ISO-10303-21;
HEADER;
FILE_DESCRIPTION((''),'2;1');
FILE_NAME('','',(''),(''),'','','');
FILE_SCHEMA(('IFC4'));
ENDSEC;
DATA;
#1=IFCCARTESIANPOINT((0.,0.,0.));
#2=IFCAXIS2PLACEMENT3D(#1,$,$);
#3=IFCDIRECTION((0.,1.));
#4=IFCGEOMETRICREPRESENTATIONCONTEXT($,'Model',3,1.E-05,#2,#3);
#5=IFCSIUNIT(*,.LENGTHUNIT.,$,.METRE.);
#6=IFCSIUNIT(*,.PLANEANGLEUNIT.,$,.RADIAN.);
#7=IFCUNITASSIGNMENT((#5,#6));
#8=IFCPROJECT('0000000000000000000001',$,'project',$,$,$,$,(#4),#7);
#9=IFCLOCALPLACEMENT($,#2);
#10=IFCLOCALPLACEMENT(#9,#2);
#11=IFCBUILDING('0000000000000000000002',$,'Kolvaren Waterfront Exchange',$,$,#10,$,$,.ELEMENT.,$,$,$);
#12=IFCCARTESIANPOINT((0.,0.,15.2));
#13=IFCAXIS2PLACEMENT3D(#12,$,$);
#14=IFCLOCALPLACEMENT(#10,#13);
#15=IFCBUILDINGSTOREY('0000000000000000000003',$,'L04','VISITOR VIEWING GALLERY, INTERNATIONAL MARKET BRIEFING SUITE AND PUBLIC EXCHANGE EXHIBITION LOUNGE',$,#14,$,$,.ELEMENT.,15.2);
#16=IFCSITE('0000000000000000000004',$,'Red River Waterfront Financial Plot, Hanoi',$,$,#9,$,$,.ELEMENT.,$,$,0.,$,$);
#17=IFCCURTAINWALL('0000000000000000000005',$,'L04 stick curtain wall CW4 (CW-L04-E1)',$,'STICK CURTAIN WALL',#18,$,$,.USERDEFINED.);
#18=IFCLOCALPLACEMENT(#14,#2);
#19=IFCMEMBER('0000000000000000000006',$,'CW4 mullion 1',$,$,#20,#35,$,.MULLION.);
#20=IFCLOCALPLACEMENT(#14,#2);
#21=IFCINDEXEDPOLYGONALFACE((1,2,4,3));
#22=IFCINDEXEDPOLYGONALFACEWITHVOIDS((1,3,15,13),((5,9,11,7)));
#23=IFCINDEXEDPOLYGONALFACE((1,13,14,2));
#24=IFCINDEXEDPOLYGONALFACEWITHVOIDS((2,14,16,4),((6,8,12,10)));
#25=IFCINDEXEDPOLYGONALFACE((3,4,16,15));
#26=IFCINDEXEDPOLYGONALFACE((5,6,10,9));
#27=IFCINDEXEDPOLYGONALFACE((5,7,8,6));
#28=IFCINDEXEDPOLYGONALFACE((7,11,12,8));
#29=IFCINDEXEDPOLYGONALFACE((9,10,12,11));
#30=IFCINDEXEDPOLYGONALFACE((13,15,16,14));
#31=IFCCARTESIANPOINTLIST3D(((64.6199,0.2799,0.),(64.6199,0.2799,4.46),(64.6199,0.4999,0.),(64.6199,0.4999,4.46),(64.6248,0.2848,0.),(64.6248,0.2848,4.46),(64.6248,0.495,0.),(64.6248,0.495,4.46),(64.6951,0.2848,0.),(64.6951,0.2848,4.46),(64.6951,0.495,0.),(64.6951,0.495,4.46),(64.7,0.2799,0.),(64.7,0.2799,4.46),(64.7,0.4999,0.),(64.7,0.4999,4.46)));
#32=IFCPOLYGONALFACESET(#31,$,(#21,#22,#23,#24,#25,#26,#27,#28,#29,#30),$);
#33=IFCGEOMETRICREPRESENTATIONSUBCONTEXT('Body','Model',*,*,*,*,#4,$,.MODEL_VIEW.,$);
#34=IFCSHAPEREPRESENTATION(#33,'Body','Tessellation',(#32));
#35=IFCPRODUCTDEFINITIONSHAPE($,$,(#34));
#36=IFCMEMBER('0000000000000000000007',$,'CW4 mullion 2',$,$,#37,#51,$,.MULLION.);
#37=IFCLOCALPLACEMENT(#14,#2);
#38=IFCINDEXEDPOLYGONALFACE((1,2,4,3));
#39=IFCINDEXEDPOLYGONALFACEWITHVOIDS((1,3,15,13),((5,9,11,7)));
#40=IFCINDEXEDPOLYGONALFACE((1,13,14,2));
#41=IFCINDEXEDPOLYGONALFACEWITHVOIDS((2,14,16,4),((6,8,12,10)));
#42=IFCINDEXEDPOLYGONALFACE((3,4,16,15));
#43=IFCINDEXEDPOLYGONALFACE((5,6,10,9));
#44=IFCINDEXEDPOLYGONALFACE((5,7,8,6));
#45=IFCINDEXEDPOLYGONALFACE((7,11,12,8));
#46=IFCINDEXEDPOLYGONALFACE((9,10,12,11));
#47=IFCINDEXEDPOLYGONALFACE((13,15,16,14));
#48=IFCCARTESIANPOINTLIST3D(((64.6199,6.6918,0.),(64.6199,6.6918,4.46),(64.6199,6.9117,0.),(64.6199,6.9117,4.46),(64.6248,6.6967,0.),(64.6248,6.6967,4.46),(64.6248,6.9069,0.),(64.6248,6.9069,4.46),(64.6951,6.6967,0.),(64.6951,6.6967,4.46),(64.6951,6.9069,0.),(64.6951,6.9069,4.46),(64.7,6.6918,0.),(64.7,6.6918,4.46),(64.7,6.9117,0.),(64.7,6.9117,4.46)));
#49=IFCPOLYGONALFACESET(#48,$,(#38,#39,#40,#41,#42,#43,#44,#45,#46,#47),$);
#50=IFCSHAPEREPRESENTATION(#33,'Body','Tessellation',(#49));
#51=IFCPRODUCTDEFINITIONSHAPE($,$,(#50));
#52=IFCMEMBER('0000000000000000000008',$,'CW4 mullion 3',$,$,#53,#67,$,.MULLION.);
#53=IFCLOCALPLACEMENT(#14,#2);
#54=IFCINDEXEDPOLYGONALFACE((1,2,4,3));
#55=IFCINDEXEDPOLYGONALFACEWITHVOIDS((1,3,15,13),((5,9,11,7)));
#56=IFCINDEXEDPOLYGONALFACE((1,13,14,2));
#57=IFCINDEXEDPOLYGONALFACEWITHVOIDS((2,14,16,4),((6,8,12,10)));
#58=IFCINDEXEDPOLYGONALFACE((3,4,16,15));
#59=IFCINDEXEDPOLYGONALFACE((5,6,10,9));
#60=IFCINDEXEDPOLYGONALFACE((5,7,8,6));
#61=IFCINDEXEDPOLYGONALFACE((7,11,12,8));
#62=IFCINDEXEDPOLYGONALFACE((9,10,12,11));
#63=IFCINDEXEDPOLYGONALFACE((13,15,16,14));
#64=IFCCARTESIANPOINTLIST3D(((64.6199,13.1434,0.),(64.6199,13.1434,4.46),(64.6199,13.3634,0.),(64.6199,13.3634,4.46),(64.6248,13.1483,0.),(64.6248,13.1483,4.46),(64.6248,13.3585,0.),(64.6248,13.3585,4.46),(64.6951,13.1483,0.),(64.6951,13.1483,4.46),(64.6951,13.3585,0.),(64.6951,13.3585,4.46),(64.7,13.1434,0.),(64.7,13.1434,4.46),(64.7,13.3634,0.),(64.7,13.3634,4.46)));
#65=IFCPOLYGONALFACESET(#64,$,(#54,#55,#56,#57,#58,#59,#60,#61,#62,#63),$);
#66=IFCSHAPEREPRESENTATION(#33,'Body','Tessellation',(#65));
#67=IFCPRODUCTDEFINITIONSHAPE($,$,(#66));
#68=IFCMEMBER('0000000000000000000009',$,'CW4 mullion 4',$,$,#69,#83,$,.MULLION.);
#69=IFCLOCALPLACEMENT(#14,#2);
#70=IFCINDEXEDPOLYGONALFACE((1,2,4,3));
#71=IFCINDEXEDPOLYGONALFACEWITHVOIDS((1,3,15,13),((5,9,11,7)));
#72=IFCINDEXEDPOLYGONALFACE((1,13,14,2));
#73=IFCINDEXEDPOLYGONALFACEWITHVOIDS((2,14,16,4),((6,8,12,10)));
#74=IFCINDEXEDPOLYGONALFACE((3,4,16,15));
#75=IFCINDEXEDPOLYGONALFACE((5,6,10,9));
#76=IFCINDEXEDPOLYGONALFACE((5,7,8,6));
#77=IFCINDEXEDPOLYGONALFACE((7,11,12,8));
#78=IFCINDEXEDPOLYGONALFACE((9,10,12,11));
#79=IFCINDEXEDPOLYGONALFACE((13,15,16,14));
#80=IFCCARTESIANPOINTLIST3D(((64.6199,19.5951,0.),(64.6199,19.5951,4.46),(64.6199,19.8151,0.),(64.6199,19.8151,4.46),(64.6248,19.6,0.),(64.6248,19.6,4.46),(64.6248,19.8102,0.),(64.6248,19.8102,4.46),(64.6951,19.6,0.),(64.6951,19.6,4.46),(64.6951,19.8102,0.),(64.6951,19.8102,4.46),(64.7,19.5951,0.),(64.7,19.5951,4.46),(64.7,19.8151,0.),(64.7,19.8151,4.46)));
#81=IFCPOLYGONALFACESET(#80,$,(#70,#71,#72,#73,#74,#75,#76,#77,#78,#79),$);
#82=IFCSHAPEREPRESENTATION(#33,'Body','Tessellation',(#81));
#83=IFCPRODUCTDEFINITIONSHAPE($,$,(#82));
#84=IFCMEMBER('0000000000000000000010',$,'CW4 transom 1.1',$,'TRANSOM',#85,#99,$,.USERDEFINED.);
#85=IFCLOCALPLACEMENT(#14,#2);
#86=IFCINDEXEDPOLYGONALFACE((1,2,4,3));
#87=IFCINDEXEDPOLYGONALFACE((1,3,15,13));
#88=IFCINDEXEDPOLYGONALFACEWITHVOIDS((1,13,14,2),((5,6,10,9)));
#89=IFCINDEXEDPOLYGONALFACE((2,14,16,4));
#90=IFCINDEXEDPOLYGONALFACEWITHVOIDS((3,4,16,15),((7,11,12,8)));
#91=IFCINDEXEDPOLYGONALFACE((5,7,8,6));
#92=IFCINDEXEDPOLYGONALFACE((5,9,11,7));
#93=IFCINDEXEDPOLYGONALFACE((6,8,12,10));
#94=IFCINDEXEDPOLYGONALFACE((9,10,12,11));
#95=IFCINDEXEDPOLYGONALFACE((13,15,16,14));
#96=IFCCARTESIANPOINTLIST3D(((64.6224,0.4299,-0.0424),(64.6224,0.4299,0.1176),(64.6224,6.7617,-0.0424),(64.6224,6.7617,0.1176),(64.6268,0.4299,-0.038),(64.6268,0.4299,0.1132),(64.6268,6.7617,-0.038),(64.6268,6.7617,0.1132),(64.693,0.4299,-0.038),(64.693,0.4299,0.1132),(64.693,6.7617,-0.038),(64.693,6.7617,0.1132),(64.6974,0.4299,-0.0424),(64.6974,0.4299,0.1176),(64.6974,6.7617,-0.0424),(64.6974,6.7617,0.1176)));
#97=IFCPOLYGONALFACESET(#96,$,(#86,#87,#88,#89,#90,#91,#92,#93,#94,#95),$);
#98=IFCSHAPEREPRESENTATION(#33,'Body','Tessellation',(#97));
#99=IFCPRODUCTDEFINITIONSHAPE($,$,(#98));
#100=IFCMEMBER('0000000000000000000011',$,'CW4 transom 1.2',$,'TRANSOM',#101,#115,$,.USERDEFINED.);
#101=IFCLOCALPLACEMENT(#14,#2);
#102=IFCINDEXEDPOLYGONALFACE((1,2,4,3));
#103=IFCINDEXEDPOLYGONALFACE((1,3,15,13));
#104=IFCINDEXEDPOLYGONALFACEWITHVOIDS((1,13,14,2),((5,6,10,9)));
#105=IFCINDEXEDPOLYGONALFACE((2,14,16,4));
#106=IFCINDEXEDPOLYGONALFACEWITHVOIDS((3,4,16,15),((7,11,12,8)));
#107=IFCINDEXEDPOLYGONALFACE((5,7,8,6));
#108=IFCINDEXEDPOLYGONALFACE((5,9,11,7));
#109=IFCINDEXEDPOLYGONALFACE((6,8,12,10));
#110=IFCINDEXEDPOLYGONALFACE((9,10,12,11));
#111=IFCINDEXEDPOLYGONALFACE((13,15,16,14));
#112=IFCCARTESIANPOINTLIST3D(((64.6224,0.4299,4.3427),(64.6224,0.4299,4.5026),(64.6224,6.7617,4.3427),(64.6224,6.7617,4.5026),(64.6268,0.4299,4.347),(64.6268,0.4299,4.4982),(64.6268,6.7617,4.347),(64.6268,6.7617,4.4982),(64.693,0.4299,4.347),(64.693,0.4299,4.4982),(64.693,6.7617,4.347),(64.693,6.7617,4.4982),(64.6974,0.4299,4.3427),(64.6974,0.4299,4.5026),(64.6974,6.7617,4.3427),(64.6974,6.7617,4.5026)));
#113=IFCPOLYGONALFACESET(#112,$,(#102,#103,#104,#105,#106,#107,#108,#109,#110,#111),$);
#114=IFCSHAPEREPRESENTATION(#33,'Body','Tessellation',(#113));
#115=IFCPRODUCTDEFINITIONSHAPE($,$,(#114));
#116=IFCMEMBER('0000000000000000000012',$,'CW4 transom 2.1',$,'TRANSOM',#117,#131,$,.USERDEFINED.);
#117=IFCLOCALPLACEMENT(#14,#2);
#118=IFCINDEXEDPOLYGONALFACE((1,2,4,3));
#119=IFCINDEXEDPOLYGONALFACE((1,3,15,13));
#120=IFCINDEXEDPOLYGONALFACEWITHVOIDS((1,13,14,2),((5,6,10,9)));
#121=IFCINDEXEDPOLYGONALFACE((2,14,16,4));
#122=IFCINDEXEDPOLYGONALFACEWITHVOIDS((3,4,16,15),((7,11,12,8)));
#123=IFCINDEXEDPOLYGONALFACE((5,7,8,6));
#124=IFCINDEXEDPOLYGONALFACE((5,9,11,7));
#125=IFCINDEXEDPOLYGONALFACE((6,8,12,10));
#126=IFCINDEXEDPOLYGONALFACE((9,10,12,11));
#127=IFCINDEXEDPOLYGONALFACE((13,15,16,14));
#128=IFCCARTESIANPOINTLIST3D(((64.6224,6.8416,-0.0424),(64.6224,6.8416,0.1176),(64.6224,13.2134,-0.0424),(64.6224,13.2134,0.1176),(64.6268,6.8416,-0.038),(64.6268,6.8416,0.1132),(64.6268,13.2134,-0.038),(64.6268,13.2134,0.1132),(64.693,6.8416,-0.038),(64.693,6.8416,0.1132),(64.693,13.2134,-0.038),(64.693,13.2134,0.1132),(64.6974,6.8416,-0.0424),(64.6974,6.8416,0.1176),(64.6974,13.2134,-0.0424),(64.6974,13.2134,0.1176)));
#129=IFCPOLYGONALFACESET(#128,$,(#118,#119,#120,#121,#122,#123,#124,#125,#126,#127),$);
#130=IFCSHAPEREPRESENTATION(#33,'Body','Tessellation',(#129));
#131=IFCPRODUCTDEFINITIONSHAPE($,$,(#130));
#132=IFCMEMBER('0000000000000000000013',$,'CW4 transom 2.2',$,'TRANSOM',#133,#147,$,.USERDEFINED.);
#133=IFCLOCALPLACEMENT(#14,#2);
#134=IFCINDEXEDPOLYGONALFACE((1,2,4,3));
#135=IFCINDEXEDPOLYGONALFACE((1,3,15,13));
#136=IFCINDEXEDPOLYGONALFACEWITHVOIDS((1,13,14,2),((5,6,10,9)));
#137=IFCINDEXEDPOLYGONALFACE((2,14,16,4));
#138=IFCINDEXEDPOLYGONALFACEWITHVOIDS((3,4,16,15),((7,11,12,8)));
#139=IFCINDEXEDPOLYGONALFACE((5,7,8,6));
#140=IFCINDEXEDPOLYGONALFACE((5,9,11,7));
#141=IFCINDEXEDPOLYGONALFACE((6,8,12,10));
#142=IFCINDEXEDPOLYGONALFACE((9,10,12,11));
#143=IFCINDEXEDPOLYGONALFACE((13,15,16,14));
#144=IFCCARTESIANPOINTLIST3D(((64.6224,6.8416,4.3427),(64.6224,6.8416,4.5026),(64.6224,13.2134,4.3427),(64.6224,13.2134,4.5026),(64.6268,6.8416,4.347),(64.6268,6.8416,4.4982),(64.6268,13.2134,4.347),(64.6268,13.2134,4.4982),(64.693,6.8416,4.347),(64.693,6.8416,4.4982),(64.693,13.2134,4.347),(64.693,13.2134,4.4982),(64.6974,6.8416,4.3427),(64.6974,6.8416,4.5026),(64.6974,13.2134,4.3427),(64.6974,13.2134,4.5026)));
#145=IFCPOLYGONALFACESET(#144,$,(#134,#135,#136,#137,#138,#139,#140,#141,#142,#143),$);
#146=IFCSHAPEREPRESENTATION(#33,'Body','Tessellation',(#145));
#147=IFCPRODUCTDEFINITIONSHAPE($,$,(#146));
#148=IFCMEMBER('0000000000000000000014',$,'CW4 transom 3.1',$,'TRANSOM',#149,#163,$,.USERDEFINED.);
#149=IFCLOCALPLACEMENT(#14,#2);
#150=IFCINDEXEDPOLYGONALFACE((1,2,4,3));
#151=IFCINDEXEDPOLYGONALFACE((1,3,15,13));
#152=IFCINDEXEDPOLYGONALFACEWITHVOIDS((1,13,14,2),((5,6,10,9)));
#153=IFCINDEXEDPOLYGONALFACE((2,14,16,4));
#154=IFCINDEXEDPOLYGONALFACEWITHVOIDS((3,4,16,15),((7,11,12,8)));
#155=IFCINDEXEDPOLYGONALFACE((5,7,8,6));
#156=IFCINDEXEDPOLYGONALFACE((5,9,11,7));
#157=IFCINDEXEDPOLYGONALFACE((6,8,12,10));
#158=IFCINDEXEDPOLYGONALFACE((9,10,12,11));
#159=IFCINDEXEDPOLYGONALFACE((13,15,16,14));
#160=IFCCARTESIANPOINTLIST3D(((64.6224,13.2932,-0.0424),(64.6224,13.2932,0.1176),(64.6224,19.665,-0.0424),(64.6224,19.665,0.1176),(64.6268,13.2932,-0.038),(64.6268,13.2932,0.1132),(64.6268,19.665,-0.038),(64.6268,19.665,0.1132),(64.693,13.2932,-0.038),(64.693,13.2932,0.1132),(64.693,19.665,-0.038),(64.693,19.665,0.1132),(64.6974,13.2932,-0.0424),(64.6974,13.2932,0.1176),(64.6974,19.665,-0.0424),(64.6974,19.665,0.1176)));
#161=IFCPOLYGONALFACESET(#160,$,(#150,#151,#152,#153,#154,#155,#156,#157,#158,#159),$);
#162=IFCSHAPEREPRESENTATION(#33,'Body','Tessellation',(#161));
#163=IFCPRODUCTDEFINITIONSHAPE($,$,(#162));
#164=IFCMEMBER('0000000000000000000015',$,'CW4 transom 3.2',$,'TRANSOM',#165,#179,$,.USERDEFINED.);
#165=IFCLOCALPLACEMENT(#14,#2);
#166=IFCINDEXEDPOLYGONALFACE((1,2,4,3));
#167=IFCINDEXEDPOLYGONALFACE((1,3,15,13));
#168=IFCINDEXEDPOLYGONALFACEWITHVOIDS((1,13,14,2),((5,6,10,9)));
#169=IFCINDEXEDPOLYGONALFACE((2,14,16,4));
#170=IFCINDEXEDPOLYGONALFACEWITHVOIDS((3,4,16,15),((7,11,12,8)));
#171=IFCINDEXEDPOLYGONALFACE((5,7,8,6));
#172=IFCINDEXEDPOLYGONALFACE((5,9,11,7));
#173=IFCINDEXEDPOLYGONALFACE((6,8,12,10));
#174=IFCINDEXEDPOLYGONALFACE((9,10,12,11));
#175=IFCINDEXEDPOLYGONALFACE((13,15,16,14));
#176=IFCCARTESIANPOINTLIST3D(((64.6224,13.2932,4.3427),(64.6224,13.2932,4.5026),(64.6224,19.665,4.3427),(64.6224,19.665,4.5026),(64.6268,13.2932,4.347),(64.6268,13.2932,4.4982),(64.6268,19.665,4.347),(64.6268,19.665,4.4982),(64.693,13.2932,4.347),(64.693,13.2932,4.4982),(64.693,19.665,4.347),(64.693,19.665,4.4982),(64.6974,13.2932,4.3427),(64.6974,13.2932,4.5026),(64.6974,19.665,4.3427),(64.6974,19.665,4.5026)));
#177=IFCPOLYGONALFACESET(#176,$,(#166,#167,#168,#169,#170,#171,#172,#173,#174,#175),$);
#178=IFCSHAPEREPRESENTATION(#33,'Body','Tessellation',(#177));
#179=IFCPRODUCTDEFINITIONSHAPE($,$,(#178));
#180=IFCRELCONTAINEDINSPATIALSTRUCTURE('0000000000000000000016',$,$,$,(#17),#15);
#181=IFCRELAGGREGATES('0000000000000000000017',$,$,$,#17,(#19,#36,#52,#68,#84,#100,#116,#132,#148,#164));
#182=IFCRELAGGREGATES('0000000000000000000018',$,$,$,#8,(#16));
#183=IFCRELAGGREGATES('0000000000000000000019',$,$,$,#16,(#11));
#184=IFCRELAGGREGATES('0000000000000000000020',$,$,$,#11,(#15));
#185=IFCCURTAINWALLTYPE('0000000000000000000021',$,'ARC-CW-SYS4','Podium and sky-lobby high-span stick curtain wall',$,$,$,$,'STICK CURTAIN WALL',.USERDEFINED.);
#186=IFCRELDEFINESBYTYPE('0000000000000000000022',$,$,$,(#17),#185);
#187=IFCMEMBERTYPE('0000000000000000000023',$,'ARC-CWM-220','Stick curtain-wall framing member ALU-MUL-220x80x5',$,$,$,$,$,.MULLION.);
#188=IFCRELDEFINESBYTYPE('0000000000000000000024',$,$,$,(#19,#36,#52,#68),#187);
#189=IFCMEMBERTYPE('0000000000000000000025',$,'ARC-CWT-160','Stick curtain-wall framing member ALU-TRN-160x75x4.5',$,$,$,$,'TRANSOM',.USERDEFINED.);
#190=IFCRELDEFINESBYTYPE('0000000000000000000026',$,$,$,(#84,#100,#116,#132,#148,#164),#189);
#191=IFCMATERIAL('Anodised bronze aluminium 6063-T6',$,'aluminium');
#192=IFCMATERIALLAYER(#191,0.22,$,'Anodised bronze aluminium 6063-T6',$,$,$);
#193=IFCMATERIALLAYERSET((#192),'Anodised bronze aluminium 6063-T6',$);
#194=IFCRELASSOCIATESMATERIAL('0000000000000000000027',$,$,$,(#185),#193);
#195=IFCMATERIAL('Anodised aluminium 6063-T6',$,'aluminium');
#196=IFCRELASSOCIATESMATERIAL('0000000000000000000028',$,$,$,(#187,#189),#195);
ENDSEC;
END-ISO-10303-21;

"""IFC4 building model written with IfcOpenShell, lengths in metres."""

from ifc_helpers import new_model, si_unit, direction, frame, origin, origin_with_axes, origin_2d, place, context, subcontext, project, spatial, hollow_rectangle, extrude, source, transform, mapped, material, layer, layer_set, material_profile, profile_set, type_object, element, aggregate, save


model = new_model("IFC4")

# Units and contexts
model_context = context("Model", 3, precision=1e-05, world=origin(), true_north=direction((0.0, 1.0)))
body_context = subcontext(model_context, "Body", "Model", "MODEL_VIEW")
ifc_project = project(units=[si_unit("LENGTHUNIT", "METRE"), si_unit("PLANEANGLEUNIT", "RADIAN")], contexts=[model_context])

# Site, building, storey
site_placement = place(None, origin())
site = spatial("IfcSite", under=ifc_project, at=site_placement, Name="Red River Waterfront Financial Plot, Hanoi", CompositionType="ELEMENT", RefElevation=0.0)
building_placement = place(site_placement, origin())
building = spatial("IfcBuilding", under=site, at=building_placement, Name="Kolvaren Waterfront Exchange", CompositionType="ELEMENT")
storey_placement = place(building_placement, frame((0.0, 0.0, 15.2)))
storey = spatial("IfcBuildingStorey", under=building, at=storey_placement, Name="L04", Description="VISITOR VIEWING GALLERY, INTERNATIONAL MARKET BRIEFING SUITE AND PUBLIC EXCHANGE EXHIBITION LOUNGE", CompositionType="ELEMENT", Elevation=15.2)

# Curtain wall, members
ifc_material_1 = material(Name="Anodised bronze aluminium 6063-T6", Category="aluminium")
ifc_layer_1 = layer(ifc_material_1, 0.22, Name="Anodised bronze aluminium 6063-T6")
ifc_layer_set_1 = layer_set([ifc_layer_1], Name="Anodised bronze aluminium 6063-T6")
curtain_wall_type = type_object("IfcCurtainWallType", Name="ARC-CW-SYS4", Description="Podium and sky-lobby high-span stick curtain wall", ElementType="STICK CURTAIN WALL", PredefinedType="USERDEFINED", material=ifc_layer_set_1)
curtain_wall_placement = place(storey_placement, origin())
curtain_wall = element("IfcCurtainWall", 1, at=curtain_wall_placement, inside=storey, type_object=curtain_wall_type, Name="L04 stick curtain wall CW4 (CW-L04-E1)", ObjectType="STICK CURTAIN WALL", PredefinedType="USERDEFINED")
ifc_material_2 = material(Name="Anodised aluminium 6063-T6", Category="aluminium")
ifc_material_profile_1 = material_profile(ifc_material_2, hollow_rectangle(XDim=0.0801, YDim=0.22, WallThickness=0.0049, at=origin_2d()), Name="ALU-MUL-220x80x5")
ifc_profile_set_1 = profile_set([ifc_material_profile_1], Name="Anodised aluminium 6063-T6")
member_type_1 = type_object("IfcMemberType", Name="ARC-CWM-220", Description="Stick curtain-wall framing member ALU-MUL-220x80x5", PredefinedType="MULLION", material=ifc_profile_set_1)
shared_shape_1 = source(origin_with_axes(), body_context, "Body", "SweptSolid", [
    extrude(hollow_rectangle(XDim=0.0801, YDim=0.22, WallThickness=0.0049, at=origin_2d()), origin(), (0.0, 0.0, 1.0), 4.46),
])
member_1_placement = place(storey_placement, frame((64.6599, 0.3899, 0.0), z_axis=(0.0, 0.0, 1.0), x_axis=(-1.0, 0.0, 0.0)))
member_1 = element("IfcMember", 2, at=member_1_placement, type_object=member_type_1, Name="CW4 mullion 1", PredefinedType="MULLION", context=body_context, shape_type="MappedRepresentation", body=[
    mapped(shared_shape_1, transform((0.0, 0.0, 0.0), x_axis=(1.0, 0.0, 0.0), y_axis=(0.0, 1.0, 0.0), z_axis=(0.0, 0.0, 1.0), scale=1.0)),
])
member_2_placement = place(storey_placement, frame((64.6599, 6.8018, 0.0), z_axis=(0.0, 0.0, 1.0), x_axis=(-1.0, 0.0, 0.0)))
member_2 = element("IfcMember", 3, at=member_2_placement, type_object=member_type_1, Name="CW4 mullion 2", PredefinedType="MULLION", context=body_context, shape_type="MappedRepresentation", body=[
    mapped(shared_shape_1, transform((0.0, 0.0, 0.0), x_axis=(1.0, 0.0, 0.0), y_axis=(0.0, 1.0, 0.0), z_axis=(0.0, 0.0, 1.0), scale=1.0)),
])
member_3_placement = place(storey_placement, frame((64.6599, 13.2534, 0.0), z_axis=(0.0, 0.0, 1.0), x_axis=(-1.0, 0.0, 0.0)))
member_3 = element("IfcMember", 4, at=member_3_placement, type_object=member_type_1, Name="CW4 mullion 3", PredefinedType="MULLION", context=body_context, shape_type="MappedRepresentation", body=[
    mapped(shared_shape_1, transform((0.0, 0.0, 0.0), x_axis=(1.0, 0.0, 0.0), y_axis=(0.0, 1.0, 0.0), z_axis=(0.0, 0.0, 1.0), scale=1.0)),
])
member_4_placement = place(storey_placement, frame((64.6599, 19.7051, 0.0), z_axis=(0.0, 0.0, 1.0), x_axis=(-1.0, 0.0, 0.0)))
member_4 = element("IfcMember", 5, at=member_4_placement, type_object=member_type_1, Name="CW4 mullion 4", PredefinedType="MULLION", context=body_context, shape_type="MappedRepresentation", body=[
    mapped(shared_shape_1, transform((0.0, 0.0, 0.0), x_axis=(1.0, 0.0, 0.0), y_axis=(0.0, 1.0, 0.0), z_axis=(0.0, 0.0, 1.0), scale=1.0)),
])
ifc_material_profile_2 = material_profile(ifc_material_2, hollow_rectangle(XDim=0.075, YDim=0.1599, WallThickness=0.0044, at=origin_2d()), Name="ALU-TRN-160x75x4.5")
ifc_profile_set_2 = profile_set([ifc_material_profile_2], Name="Anodised aluminium 6063-T6")
member_type_2 = type_object("IfcMemberType", Name="ARC-CWT-160", Description="Stick curtain-wall framing member ALU-TRN-160x75x4.5", ElementType="TRANSOM", PredefinedType="USERDEFINED", material=ifc_profile_set_2)
shared_shape_2 = source(origin_with_axes(), body_context, "Body", "SweptSolid", [
    extrude(hollow_rectangle(XDim=0.075, YDim=0.1599, WallThickness=0.0044, at=origin_2d()), origin(), (0.0, 0.0, 1.0), 6.3318),
])
member_5_placement = place(storey_placement, frame((64.6599, 0.4299, 0.0376), z_axis=(0.0, 1.0, 0.0), x_axis=(-1.0, 0.0, 0.0)))
member_5 = element("IfcMember", 6, at=member_5_placement, type_object=member_type_2, Name="CW4 transom 1.1", ObjectType="TRANSOM", PredefinedType="USERDEFINED", context=body_context, shape_type="MappedRepresentation", body=[
    mapped(shared_shape_2, transform((0.0, 0.0, 0.0), x_axis=(1.0, 0.0, 0.0), y_axis=(0.0, 1.0, 0.0), z_axis=(0.0, 0.0, 1.0), scale=1.0)),
])
member_6_placement = place(storey_placement, frame((64.6599, 0.4299, 4.4226), z_axis=(0.0, 1.0, 0.0), x_axis=(-1.0, 0.0, 0.0)))
member_6 = element("IfcMember", 7, at=member_6_placement, type_object=member_type_2, Name="CW4 transom 1.2", ObjectType="TRANSOM", PredefinedType="USERDEFINED", context=body_context, shape_type="MappedRepresentation", body=[
    mapped(shared_shape_2, transform((0.0, 0.0, 0.0), x_axis=(1.0, 0.0, 0.0), y_axis=(0.0, 1.0, 0.0), z_axis=(0.0, 0.0, 1.0), scale=1.0)),
])
shared_shape_3 = source(origin_with_axes(), body_context, "Body", "SweptSolid", [
    extrude(hollow_rectangle(XDim=0.075, YDim=0.1599, WallThickness=0.0044, at=origin_2d()), origin(), (0.0, 0.0, 1.0), 6.3718),
])
member_7_placement = place(storey_placement, frame((64.6599, 6.8416, 0.0376), z_axis=(0.0, 1.0, 0.0), x_axis=(-1.0, 0.0, 0.0)))
member_7 = element("IfcMember", 8, at=member_7_placement, type_object=member_type_2, Name="CW4 transom 2.1", ObjectType="TRANSOM", PredefinedType="USERDEFINED", context=body_context, shape_type="MappedRepresentation", body=[
    mapped(shared_shape_3, transform((0.0, 0.0, 0.0), x_axis=(1.0, 0.0, 0.0), y_axis=(0.0, 1.0, 0.0), z_axis=(0.0, 0.0, 1.0), scale=1.0)),
])
member_8_placement = place(storey_placement, frame((64.6599, 6.8416, 4.4226), z_axis=(0.0, 1.0, 0.0), x_axis=(-1.0, 0.0, 0.0)))
member_8 = element("IfcMember", 9, at=member_8_placement, type_object=member_type_2, Name="CW4 transom 2.2", ObjectType="TRANSOM", PredefinedType="USERDEFINED", context=body_context, shape_type="MappedRepresentation", body=[
    mapped(shared_shape_3, transform((0.0, 0.0, 0.0), x_axis=(1.0, 0.0, 0.0), y_axis=(0.0, 1.0, 0.0), z_axis=(0.0, 0.0, 1.0), scale=1.0)),
])
member_9_placement = place(storey_placement, frame((64.6599, 13.2932, 0.0376), z_axis=(0.0, 1.0, 0.0), x_axis=(-1.0, 0.0, 0.0)))
member_9 = element("IfcMember", 10, at=member_9_placement, type_object=member_type_2, Name="CW4 transom 3.1", ObjectType="TRANSOM", PredefinedType="USERDEFINED", context=body_context, shape_type="MappedRepresentation", body=[
    mapped(shared_shape_3, transform((0.0, 0.0, 0.0), x_axis=(1.0, 0.0, 0.0), y_axis=(0.0, 1.0, 0.0), z_axis=(0.0, 0.0, 1.0), scale=1.0)),
])
member_10_placement = place(storey_placement, frame((64.6599, 13.2932, 4.4226), z_axis=(0.0, 1.0, 0.0), x_axis=(-1.0, 0.0, 0.0)))
member_10 = element("IfcMember", 11, at=member_10_placement, type_object=member_type_2, Name="CW4 transom 3.2", ObjectType="TRANSOM", PredefinedType="USERDEFINED", context=body_context, shape_type="MappedRepresentation", body=[
    mapped(shared_shape_3, transform((0.0, 0.0, 0.0), x_axis=(1.0, 0.0, 0.0), y_axis=(0.0, 1.0, 0.0), z_axis=(0.0, 0.0, 1.0), scale=1.0)),
])
aggregate(curtain_wall, [member_1, member_2, member_3, member_4, member_5, member_6, member_7, member_8, member_9, member_10])

save(model, "model.ifc")
